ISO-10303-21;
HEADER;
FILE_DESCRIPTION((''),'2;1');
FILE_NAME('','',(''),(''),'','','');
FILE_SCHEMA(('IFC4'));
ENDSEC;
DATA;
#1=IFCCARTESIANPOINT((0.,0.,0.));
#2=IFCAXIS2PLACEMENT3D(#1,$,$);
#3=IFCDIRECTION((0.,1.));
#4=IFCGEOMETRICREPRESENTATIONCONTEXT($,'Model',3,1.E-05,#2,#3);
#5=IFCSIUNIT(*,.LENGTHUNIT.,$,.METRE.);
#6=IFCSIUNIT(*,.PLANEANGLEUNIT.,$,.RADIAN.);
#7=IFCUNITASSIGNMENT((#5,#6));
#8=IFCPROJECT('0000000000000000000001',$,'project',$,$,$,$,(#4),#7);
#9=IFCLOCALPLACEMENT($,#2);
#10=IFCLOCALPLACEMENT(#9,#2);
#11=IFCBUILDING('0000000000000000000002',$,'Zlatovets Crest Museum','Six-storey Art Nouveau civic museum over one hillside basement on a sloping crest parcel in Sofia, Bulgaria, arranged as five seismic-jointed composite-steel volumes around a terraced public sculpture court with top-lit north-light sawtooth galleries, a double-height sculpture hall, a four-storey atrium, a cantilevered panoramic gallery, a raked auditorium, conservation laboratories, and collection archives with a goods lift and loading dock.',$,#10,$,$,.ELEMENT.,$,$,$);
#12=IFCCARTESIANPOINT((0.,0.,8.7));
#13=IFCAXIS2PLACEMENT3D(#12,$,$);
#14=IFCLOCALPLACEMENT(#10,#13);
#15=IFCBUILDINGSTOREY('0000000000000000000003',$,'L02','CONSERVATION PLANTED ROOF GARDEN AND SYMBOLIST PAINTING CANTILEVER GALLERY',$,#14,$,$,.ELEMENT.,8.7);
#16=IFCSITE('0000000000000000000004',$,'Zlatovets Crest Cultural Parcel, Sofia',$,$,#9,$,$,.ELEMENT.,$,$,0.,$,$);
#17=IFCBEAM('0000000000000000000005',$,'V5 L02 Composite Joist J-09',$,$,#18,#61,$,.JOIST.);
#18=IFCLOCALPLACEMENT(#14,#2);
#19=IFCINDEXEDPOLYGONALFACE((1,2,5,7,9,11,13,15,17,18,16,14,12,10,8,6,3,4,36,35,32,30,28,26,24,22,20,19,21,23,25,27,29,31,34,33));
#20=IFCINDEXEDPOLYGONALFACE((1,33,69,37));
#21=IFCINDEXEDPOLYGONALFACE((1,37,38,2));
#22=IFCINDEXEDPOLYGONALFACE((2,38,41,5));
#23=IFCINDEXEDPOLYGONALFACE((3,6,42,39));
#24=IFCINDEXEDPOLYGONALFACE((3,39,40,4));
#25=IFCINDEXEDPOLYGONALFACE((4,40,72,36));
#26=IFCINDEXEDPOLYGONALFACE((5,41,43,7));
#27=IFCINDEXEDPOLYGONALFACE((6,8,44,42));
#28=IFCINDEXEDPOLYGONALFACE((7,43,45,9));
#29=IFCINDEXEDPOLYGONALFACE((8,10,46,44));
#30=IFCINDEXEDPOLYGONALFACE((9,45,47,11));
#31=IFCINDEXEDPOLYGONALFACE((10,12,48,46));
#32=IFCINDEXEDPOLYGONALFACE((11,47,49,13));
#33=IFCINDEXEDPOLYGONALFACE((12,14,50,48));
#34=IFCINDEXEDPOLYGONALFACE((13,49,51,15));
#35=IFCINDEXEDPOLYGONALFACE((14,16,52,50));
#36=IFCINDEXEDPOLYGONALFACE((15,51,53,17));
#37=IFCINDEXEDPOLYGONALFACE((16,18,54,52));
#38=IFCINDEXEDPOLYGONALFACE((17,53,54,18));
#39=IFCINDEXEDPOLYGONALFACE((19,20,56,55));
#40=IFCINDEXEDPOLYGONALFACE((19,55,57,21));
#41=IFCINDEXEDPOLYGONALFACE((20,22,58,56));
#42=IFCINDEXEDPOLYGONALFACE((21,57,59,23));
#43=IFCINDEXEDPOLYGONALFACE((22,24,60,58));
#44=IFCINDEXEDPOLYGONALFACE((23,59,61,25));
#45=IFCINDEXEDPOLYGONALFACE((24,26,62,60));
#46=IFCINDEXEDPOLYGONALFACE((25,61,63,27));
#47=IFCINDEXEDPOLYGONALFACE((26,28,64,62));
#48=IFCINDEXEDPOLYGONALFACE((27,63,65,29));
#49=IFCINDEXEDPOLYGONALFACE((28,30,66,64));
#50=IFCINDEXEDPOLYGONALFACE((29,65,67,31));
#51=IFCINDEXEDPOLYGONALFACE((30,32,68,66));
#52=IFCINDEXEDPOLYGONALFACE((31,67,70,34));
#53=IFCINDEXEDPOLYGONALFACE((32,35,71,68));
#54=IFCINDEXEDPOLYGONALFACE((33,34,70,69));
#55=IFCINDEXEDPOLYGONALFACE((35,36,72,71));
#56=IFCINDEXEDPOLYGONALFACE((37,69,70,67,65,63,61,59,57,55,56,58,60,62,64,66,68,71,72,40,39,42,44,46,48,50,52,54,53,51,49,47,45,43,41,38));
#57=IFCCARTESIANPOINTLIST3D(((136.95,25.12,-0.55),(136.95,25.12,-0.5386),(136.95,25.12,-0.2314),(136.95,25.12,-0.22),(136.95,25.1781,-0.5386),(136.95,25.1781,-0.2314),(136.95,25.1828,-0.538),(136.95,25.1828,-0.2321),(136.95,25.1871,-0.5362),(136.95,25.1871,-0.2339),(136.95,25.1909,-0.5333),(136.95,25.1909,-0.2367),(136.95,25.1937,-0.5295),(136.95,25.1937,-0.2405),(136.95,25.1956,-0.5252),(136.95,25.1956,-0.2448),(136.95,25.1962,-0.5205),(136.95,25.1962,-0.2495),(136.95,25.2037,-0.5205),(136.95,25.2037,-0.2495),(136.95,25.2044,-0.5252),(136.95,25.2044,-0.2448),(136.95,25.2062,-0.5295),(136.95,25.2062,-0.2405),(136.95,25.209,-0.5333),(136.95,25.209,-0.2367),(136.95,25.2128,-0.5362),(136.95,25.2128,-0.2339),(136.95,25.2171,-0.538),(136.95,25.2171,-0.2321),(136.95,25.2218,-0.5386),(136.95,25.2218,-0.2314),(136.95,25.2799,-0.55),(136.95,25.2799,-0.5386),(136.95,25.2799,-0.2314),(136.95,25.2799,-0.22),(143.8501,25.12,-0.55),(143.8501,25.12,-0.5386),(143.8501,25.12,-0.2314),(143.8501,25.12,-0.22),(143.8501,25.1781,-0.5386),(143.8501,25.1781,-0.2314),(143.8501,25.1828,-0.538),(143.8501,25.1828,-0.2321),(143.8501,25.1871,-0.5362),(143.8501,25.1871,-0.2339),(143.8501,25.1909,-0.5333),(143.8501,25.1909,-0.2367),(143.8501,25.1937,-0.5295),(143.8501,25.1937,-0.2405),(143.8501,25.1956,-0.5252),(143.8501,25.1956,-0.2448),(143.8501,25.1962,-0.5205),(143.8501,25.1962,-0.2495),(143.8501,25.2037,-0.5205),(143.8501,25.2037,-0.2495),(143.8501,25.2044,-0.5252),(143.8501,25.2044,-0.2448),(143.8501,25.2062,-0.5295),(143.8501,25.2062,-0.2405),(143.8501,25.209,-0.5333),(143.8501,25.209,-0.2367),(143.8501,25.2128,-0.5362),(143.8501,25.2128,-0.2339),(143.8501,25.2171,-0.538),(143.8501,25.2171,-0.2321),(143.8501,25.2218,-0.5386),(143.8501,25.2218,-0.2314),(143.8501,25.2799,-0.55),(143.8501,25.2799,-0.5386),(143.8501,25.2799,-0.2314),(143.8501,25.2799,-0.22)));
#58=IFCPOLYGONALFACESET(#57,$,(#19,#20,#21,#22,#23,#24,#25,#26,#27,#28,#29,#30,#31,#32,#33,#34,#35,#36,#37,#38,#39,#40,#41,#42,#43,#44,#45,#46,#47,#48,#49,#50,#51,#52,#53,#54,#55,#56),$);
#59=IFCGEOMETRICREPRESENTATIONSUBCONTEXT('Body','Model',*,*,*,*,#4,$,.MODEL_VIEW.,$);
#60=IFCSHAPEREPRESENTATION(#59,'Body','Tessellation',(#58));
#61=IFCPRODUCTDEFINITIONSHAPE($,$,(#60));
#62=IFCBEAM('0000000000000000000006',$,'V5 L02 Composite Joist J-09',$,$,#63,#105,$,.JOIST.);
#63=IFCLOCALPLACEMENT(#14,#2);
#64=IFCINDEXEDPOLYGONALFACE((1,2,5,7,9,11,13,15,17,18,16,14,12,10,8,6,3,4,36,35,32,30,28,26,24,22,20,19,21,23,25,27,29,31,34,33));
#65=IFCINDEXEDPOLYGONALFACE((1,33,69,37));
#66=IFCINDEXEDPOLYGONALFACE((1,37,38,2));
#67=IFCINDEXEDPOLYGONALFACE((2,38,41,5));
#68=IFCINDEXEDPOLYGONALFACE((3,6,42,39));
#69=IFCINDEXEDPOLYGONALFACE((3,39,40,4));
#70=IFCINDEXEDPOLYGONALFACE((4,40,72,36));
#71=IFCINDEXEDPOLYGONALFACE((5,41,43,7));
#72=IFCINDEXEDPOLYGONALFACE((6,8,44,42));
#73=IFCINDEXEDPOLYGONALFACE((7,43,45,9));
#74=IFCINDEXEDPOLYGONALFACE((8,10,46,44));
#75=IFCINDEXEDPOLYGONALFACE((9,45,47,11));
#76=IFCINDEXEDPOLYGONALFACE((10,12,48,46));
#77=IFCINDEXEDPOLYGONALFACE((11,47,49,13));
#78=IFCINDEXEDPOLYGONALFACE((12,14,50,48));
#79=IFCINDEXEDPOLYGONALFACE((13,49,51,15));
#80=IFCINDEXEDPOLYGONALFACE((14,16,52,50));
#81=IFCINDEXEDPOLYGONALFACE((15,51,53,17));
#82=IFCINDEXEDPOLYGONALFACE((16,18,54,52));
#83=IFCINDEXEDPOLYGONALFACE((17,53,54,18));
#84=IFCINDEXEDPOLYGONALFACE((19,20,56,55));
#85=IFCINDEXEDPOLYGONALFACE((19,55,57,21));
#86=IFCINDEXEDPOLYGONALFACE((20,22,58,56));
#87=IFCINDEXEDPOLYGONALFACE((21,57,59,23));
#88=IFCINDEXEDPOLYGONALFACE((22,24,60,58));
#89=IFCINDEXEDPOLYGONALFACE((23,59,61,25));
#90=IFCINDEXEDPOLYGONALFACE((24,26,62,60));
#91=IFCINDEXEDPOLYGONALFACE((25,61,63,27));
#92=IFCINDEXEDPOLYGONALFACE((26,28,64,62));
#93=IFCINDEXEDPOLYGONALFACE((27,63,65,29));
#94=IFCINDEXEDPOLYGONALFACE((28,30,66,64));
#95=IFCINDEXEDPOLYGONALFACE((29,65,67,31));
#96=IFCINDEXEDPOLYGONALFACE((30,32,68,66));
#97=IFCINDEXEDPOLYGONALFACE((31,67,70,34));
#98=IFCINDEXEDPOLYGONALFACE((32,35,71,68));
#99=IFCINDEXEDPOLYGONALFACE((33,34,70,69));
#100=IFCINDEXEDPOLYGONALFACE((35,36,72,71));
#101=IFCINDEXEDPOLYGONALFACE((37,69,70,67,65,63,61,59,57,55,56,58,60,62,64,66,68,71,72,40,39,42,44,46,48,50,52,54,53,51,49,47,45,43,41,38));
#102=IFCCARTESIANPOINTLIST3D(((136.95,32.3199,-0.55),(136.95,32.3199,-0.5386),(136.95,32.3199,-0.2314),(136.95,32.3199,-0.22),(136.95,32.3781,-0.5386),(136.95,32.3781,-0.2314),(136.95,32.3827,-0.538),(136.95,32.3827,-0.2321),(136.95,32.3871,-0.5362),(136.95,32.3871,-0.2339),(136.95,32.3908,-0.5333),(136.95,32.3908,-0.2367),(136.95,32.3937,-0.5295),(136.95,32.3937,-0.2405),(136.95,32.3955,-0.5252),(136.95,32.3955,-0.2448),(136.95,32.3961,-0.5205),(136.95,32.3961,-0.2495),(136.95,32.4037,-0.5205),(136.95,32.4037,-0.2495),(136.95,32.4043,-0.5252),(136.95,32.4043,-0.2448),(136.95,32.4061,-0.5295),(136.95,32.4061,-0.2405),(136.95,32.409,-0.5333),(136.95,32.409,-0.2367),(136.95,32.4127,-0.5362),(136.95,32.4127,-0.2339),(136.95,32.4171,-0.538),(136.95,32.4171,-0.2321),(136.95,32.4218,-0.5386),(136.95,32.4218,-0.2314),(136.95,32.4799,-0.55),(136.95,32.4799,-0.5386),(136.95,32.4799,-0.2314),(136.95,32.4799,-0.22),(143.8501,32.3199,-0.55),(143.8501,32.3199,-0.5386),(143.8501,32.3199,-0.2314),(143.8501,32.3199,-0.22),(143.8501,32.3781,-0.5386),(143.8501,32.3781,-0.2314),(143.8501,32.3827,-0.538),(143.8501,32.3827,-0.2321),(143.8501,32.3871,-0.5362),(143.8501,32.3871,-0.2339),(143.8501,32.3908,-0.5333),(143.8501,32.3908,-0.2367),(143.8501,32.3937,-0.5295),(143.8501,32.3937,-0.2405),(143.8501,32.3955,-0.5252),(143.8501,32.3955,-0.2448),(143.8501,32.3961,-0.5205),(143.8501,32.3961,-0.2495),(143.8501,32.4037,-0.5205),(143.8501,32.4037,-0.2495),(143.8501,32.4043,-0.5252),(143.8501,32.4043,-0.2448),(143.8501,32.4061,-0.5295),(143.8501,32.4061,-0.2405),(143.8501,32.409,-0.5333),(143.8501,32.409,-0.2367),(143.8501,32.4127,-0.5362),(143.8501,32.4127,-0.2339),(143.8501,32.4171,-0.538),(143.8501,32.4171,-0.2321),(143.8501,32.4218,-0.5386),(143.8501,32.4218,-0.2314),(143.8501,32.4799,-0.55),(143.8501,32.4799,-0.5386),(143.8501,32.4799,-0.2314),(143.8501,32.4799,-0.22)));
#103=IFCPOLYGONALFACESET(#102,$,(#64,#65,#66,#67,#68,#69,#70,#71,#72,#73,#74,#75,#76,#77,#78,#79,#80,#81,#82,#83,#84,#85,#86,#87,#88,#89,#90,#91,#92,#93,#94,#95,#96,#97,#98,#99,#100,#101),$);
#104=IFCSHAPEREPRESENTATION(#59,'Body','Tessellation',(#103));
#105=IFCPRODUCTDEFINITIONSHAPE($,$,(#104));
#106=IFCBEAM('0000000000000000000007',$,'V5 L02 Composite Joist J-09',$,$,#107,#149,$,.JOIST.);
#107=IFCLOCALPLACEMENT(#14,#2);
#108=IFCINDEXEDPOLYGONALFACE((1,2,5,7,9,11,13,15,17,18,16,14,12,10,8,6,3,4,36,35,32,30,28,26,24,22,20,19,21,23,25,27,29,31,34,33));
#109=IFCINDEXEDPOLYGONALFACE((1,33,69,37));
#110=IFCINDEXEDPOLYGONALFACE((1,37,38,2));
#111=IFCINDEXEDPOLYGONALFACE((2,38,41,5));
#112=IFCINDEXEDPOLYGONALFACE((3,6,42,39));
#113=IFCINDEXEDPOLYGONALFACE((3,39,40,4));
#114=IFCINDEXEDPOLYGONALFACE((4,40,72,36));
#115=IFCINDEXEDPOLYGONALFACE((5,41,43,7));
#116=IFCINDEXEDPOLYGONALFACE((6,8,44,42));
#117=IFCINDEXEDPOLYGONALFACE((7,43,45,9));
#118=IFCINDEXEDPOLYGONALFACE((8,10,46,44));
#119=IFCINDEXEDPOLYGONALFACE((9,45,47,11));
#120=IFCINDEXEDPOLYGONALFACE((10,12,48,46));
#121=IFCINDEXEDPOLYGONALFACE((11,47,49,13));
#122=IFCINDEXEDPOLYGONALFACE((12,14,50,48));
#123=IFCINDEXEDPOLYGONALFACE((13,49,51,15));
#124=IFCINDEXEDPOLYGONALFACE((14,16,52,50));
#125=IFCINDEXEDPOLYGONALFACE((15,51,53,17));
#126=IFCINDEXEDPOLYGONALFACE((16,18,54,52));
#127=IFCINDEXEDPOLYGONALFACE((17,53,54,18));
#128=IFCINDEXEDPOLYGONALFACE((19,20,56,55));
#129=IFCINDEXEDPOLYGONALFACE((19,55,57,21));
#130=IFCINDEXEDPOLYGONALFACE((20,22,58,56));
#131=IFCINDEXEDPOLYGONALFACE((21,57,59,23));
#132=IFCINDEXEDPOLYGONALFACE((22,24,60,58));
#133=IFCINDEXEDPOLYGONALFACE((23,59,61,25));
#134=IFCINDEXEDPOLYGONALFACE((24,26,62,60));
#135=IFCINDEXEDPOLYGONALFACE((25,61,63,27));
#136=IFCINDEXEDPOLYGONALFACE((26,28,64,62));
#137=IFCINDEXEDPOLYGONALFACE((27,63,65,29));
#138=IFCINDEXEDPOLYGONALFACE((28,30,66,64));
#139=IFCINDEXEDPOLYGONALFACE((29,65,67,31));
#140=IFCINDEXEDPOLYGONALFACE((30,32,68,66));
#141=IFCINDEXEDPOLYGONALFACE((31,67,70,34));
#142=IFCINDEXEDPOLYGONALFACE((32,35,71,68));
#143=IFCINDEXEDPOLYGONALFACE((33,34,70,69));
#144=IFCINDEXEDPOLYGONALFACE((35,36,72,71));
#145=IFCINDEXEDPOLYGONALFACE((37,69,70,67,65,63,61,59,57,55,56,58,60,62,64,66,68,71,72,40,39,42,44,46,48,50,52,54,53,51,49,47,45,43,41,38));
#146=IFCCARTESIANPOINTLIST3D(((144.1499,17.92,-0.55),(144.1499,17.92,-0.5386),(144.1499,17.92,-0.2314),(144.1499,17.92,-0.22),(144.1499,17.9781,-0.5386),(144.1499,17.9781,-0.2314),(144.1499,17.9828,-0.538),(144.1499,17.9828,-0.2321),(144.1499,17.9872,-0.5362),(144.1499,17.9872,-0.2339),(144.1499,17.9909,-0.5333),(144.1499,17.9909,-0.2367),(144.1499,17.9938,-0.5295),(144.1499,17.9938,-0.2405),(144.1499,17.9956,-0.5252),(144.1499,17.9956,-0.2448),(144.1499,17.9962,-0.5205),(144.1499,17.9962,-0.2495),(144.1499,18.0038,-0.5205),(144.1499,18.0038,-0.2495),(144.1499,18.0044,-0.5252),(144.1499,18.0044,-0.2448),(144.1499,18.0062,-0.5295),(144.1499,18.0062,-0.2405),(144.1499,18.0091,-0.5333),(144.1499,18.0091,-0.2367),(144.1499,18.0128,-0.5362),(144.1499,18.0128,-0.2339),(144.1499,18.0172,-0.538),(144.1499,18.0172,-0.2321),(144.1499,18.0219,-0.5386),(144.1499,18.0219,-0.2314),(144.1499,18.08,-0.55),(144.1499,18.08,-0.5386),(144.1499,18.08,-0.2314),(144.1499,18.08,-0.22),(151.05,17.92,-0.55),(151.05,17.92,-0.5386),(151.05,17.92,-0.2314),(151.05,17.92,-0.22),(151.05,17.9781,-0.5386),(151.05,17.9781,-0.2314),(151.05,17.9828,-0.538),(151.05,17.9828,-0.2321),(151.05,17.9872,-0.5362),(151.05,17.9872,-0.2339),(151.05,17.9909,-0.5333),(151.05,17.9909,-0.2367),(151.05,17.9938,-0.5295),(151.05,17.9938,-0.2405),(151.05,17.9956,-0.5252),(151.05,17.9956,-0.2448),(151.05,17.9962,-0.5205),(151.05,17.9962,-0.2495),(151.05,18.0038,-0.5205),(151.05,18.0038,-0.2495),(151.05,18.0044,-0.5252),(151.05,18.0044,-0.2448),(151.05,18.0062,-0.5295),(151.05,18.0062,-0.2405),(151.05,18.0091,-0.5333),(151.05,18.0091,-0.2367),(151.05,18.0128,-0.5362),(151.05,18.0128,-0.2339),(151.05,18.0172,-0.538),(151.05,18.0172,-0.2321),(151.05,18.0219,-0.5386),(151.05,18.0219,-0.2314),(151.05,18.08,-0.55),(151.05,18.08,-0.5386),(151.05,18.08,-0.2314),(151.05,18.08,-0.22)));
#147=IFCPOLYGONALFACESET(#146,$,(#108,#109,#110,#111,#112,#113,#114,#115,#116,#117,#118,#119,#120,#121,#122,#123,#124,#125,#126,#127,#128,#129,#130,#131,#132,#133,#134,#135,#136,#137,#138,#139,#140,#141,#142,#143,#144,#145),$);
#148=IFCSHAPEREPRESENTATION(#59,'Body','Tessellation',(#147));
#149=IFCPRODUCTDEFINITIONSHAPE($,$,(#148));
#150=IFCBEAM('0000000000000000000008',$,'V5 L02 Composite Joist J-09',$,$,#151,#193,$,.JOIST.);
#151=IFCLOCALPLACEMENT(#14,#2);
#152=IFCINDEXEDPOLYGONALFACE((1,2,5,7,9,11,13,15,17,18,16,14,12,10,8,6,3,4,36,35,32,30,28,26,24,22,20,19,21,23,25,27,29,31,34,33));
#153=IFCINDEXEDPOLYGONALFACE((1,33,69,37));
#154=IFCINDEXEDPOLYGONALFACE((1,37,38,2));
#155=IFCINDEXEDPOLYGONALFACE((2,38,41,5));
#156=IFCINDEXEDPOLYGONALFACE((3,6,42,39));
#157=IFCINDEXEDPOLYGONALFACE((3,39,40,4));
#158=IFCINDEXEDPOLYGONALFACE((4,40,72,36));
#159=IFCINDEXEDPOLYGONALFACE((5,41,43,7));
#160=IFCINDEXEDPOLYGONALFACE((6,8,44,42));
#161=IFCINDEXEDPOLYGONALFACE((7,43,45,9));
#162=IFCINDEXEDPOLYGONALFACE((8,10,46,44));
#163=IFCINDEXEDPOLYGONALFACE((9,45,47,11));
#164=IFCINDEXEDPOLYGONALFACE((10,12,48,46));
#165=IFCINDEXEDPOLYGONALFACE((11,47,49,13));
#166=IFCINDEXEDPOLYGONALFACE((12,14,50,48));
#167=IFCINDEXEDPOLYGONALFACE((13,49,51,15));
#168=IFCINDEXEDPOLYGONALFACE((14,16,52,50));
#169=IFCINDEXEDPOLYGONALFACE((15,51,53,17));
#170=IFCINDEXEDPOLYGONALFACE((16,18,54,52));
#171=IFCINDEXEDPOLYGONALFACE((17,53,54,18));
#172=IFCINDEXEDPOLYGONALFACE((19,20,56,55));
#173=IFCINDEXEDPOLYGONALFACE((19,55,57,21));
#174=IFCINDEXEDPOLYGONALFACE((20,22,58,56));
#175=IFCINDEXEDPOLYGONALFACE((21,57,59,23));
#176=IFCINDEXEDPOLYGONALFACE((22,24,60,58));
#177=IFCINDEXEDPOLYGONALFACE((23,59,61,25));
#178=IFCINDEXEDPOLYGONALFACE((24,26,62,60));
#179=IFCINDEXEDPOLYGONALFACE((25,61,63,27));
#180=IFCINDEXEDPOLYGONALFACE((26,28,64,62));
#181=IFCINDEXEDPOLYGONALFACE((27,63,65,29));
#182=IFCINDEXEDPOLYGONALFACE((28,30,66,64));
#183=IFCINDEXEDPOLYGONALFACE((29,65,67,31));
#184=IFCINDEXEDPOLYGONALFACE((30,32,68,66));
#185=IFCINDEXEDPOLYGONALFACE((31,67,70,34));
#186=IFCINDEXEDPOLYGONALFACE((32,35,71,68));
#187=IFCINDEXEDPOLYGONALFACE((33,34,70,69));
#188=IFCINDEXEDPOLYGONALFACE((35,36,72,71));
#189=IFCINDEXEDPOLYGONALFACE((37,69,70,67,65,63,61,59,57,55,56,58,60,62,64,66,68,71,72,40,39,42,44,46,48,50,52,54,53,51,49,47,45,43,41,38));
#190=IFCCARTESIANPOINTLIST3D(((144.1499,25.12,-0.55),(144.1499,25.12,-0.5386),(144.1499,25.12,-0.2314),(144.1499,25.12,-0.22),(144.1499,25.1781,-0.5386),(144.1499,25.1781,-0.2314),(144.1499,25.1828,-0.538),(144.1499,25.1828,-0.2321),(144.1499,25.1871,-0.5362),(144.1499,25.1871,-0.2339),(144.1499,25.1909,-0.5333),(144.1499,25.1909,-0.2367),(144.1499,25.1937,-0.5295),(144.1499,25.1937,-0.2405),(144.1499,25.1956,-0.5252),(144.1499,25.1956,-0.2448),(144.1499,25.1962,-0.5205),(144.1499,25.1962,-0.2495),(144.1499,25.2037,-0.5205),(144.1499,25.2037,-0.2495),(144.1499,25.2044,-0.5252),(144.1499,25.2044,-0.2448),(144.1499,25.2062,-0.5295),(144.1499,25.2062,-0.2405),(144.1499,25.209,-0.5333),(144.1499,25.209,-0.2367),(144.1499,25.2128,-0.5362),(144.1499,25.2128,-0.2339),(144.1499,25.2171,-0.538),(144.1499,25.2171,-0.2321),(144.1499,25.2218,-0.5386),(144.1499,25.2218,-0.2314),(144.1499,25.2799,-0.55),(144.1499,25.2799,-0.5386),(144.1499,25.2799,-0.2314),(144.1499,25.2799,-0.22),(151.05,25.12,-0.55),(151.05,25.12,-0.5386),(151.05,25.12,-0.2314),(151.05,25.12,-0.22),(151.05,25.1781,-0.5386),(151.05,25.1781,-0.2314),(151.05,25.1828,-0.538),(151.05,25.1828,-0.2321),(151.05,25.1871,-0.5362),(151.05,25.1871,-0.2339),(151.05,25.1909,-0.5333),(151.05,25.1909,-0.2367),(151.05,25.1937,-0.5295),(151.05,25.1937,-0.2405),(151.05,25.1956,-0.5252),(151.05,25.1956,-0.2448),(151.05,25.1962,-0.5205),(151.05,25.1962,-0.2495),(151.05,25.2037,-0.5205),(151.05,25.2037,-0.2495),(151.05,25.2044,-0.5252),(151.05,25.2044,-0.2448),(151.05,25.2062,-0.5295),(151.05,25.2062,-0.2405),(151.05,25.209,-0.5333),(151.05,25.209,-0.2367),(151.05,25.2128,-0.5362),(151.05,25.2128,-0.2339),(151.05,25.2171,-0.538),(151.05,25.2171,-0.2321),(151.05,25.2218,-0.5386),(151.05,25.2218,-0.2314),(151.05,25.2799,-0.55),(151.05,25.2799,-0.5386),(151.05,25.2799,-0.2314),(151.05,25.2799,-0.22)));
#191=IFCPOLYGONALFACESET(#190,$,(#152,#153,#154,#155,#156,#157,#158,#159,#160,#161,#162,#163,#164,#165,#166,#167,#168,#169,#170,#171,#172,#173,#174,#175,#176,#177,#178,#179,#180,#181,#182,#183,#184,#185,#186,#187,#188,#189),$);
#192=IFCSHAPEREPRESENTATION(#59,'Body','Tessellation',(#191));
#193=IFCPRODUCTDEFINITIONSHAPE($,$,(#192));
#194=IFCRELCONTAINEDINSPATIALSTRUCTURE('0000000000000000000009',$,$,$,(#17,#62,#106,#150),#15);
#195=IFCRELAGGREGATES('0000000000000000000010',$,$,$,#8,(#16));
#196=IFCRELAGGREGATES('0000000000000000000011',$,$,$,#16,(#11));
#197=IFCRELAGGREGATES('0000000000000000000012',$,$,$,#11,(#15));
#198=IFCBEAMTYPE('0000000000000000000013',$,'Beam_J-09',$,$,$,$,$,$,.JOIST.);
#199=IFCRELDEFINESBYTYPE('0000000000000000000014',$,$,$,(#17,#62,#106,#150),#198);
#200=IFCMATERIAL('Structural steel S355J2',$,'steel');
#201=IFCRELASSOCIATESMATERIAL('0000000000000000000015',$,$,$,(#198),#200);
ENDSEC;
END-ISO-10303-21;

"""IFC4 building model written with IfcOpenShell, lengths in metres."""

from ifc_helpers import new_model, si_unit, direction, frame, origin, origin_2d, place, context, subcontext, project, spatial, i_section, extrude, material, material_profile, profile_set, type_object, element, save


model = new_model("IFC4")

# Units and contexts
model_context = context("Model", 3, precision=1e-05, world=origin(), true_north=direction((0.0, 1.0)))
body_context = subcontext(model_context, "Body", "Model", "MODEL_VIEW")
ifc_project = project(units=[si_unit("LENGTHUNIT", "METRE"), si_unit("PLANEANGLEUNIT", "RADIAN")], contexts=[model_context])

# Site, building, storey
site_placement = place(None, origin())
site = spatial("IfcSite", under=ifc_project, at=site_placement, Name="Zlatovets Crest Cultural Parcel, Sofia", CompositionType="ELEMENT", RefElevation=0.0)
building_placement = place(site_placement, origin())
building = spatial("IfcBuilding", under=site, at=building_placement, Name="Zlatovets Crest Museum", Description="Six-storey Art Nouveau civic museum over one hillside basement on a sloping crest parcel in Sofia, Bulgaria, arranged as five seismic-jointed composite-steel volumes around a terraced public sculpture court with top-lit north-light sawtooth galleries, a double-height sculpture hall, a four-storey atrium, a cantilevered panoramic gallery, a raked auditorium, conservation laboratories, and collection archives with a goods lift and loading dock.", CompositionType="ELEMENT")
storey_placement = place(building_placement, frame((0.0, 0.0, 8.7)))
storey = spatial("IfcBuildingStorey", under=building, at=storey_placement, Name="L02", Description="CONSERVATION PLANTED ROOF GARDEN AND SYMBOLIST PAINTING CANTILEVER GALLERY", CompositionType="ELEMENT", Elevation=8.7)

# Shared definitions
ifc_material_1 = material(Name="Structural steel S355J2", Category="steel")

# Beams
ifc_material_profile_1 = material_profile(ifc_material_1, i_section(OverallWidth=0.1599, OverallDepth=0.3301, WebThickness=0.0076, FlangeThickness=0.0115, FilletRadius=0.0181, at=origin_2d()), Name="IPE 330")
ifc_profile_set_1 = profile_set([ifc_material_profile_1], Name="Structural steel S355J2")
beam_type_1 = type_object("IfcBeamType", Name="Beam_J-09", PredefinedType="JOIST", material=ifc_profile_set_1)
for number, where, z_axis, x_axis, name in (
    (1, (136.95, 25.2, -0.385), (1.0, 0.0, 0.0), (0.0, 1.0, 0.0), "V5 L02 Composite Joist J-09"),
    (2, (136.95, 32.3999, -0.385), (1.0, 0.0, 0.0), (0.0, 1.0, 0.0), "V5 L02 Composite Joist J-09"),
    (3, (144.1499, 18.0, -0.385), (1.0, 0.0, 0.0), (0.0, 1.0, 0.0), "V5 L02 Composite Joist J-09"),
    (4, (144.1499, 25.2, -0.385), (1.0, 0.0, 0.0), (0.0, 1.0, 0.0), "V5 L02 Composite Joist J-09"),
):
    element("IfcBeam", number, at=place(storey_placement, frame(where, z_axis=z_axis, x_axis=x_axis)), inside=storey, type_object=beam_type_1, Name=name, PredefinedType="JOIST", context=body_context, shape_type="SweptSolid", body=[
        extrude(i_section(OverallWidth=0.1599, OverallDepth=0.3301, WebThickness=0.0076, FlangeThickness=0.0115, FilletRadius=0.0181, at=origin_2d()), origin(), (0.0, 0.0, 1.0), 6.9001),
    ])

save(model, "model.ifc")
